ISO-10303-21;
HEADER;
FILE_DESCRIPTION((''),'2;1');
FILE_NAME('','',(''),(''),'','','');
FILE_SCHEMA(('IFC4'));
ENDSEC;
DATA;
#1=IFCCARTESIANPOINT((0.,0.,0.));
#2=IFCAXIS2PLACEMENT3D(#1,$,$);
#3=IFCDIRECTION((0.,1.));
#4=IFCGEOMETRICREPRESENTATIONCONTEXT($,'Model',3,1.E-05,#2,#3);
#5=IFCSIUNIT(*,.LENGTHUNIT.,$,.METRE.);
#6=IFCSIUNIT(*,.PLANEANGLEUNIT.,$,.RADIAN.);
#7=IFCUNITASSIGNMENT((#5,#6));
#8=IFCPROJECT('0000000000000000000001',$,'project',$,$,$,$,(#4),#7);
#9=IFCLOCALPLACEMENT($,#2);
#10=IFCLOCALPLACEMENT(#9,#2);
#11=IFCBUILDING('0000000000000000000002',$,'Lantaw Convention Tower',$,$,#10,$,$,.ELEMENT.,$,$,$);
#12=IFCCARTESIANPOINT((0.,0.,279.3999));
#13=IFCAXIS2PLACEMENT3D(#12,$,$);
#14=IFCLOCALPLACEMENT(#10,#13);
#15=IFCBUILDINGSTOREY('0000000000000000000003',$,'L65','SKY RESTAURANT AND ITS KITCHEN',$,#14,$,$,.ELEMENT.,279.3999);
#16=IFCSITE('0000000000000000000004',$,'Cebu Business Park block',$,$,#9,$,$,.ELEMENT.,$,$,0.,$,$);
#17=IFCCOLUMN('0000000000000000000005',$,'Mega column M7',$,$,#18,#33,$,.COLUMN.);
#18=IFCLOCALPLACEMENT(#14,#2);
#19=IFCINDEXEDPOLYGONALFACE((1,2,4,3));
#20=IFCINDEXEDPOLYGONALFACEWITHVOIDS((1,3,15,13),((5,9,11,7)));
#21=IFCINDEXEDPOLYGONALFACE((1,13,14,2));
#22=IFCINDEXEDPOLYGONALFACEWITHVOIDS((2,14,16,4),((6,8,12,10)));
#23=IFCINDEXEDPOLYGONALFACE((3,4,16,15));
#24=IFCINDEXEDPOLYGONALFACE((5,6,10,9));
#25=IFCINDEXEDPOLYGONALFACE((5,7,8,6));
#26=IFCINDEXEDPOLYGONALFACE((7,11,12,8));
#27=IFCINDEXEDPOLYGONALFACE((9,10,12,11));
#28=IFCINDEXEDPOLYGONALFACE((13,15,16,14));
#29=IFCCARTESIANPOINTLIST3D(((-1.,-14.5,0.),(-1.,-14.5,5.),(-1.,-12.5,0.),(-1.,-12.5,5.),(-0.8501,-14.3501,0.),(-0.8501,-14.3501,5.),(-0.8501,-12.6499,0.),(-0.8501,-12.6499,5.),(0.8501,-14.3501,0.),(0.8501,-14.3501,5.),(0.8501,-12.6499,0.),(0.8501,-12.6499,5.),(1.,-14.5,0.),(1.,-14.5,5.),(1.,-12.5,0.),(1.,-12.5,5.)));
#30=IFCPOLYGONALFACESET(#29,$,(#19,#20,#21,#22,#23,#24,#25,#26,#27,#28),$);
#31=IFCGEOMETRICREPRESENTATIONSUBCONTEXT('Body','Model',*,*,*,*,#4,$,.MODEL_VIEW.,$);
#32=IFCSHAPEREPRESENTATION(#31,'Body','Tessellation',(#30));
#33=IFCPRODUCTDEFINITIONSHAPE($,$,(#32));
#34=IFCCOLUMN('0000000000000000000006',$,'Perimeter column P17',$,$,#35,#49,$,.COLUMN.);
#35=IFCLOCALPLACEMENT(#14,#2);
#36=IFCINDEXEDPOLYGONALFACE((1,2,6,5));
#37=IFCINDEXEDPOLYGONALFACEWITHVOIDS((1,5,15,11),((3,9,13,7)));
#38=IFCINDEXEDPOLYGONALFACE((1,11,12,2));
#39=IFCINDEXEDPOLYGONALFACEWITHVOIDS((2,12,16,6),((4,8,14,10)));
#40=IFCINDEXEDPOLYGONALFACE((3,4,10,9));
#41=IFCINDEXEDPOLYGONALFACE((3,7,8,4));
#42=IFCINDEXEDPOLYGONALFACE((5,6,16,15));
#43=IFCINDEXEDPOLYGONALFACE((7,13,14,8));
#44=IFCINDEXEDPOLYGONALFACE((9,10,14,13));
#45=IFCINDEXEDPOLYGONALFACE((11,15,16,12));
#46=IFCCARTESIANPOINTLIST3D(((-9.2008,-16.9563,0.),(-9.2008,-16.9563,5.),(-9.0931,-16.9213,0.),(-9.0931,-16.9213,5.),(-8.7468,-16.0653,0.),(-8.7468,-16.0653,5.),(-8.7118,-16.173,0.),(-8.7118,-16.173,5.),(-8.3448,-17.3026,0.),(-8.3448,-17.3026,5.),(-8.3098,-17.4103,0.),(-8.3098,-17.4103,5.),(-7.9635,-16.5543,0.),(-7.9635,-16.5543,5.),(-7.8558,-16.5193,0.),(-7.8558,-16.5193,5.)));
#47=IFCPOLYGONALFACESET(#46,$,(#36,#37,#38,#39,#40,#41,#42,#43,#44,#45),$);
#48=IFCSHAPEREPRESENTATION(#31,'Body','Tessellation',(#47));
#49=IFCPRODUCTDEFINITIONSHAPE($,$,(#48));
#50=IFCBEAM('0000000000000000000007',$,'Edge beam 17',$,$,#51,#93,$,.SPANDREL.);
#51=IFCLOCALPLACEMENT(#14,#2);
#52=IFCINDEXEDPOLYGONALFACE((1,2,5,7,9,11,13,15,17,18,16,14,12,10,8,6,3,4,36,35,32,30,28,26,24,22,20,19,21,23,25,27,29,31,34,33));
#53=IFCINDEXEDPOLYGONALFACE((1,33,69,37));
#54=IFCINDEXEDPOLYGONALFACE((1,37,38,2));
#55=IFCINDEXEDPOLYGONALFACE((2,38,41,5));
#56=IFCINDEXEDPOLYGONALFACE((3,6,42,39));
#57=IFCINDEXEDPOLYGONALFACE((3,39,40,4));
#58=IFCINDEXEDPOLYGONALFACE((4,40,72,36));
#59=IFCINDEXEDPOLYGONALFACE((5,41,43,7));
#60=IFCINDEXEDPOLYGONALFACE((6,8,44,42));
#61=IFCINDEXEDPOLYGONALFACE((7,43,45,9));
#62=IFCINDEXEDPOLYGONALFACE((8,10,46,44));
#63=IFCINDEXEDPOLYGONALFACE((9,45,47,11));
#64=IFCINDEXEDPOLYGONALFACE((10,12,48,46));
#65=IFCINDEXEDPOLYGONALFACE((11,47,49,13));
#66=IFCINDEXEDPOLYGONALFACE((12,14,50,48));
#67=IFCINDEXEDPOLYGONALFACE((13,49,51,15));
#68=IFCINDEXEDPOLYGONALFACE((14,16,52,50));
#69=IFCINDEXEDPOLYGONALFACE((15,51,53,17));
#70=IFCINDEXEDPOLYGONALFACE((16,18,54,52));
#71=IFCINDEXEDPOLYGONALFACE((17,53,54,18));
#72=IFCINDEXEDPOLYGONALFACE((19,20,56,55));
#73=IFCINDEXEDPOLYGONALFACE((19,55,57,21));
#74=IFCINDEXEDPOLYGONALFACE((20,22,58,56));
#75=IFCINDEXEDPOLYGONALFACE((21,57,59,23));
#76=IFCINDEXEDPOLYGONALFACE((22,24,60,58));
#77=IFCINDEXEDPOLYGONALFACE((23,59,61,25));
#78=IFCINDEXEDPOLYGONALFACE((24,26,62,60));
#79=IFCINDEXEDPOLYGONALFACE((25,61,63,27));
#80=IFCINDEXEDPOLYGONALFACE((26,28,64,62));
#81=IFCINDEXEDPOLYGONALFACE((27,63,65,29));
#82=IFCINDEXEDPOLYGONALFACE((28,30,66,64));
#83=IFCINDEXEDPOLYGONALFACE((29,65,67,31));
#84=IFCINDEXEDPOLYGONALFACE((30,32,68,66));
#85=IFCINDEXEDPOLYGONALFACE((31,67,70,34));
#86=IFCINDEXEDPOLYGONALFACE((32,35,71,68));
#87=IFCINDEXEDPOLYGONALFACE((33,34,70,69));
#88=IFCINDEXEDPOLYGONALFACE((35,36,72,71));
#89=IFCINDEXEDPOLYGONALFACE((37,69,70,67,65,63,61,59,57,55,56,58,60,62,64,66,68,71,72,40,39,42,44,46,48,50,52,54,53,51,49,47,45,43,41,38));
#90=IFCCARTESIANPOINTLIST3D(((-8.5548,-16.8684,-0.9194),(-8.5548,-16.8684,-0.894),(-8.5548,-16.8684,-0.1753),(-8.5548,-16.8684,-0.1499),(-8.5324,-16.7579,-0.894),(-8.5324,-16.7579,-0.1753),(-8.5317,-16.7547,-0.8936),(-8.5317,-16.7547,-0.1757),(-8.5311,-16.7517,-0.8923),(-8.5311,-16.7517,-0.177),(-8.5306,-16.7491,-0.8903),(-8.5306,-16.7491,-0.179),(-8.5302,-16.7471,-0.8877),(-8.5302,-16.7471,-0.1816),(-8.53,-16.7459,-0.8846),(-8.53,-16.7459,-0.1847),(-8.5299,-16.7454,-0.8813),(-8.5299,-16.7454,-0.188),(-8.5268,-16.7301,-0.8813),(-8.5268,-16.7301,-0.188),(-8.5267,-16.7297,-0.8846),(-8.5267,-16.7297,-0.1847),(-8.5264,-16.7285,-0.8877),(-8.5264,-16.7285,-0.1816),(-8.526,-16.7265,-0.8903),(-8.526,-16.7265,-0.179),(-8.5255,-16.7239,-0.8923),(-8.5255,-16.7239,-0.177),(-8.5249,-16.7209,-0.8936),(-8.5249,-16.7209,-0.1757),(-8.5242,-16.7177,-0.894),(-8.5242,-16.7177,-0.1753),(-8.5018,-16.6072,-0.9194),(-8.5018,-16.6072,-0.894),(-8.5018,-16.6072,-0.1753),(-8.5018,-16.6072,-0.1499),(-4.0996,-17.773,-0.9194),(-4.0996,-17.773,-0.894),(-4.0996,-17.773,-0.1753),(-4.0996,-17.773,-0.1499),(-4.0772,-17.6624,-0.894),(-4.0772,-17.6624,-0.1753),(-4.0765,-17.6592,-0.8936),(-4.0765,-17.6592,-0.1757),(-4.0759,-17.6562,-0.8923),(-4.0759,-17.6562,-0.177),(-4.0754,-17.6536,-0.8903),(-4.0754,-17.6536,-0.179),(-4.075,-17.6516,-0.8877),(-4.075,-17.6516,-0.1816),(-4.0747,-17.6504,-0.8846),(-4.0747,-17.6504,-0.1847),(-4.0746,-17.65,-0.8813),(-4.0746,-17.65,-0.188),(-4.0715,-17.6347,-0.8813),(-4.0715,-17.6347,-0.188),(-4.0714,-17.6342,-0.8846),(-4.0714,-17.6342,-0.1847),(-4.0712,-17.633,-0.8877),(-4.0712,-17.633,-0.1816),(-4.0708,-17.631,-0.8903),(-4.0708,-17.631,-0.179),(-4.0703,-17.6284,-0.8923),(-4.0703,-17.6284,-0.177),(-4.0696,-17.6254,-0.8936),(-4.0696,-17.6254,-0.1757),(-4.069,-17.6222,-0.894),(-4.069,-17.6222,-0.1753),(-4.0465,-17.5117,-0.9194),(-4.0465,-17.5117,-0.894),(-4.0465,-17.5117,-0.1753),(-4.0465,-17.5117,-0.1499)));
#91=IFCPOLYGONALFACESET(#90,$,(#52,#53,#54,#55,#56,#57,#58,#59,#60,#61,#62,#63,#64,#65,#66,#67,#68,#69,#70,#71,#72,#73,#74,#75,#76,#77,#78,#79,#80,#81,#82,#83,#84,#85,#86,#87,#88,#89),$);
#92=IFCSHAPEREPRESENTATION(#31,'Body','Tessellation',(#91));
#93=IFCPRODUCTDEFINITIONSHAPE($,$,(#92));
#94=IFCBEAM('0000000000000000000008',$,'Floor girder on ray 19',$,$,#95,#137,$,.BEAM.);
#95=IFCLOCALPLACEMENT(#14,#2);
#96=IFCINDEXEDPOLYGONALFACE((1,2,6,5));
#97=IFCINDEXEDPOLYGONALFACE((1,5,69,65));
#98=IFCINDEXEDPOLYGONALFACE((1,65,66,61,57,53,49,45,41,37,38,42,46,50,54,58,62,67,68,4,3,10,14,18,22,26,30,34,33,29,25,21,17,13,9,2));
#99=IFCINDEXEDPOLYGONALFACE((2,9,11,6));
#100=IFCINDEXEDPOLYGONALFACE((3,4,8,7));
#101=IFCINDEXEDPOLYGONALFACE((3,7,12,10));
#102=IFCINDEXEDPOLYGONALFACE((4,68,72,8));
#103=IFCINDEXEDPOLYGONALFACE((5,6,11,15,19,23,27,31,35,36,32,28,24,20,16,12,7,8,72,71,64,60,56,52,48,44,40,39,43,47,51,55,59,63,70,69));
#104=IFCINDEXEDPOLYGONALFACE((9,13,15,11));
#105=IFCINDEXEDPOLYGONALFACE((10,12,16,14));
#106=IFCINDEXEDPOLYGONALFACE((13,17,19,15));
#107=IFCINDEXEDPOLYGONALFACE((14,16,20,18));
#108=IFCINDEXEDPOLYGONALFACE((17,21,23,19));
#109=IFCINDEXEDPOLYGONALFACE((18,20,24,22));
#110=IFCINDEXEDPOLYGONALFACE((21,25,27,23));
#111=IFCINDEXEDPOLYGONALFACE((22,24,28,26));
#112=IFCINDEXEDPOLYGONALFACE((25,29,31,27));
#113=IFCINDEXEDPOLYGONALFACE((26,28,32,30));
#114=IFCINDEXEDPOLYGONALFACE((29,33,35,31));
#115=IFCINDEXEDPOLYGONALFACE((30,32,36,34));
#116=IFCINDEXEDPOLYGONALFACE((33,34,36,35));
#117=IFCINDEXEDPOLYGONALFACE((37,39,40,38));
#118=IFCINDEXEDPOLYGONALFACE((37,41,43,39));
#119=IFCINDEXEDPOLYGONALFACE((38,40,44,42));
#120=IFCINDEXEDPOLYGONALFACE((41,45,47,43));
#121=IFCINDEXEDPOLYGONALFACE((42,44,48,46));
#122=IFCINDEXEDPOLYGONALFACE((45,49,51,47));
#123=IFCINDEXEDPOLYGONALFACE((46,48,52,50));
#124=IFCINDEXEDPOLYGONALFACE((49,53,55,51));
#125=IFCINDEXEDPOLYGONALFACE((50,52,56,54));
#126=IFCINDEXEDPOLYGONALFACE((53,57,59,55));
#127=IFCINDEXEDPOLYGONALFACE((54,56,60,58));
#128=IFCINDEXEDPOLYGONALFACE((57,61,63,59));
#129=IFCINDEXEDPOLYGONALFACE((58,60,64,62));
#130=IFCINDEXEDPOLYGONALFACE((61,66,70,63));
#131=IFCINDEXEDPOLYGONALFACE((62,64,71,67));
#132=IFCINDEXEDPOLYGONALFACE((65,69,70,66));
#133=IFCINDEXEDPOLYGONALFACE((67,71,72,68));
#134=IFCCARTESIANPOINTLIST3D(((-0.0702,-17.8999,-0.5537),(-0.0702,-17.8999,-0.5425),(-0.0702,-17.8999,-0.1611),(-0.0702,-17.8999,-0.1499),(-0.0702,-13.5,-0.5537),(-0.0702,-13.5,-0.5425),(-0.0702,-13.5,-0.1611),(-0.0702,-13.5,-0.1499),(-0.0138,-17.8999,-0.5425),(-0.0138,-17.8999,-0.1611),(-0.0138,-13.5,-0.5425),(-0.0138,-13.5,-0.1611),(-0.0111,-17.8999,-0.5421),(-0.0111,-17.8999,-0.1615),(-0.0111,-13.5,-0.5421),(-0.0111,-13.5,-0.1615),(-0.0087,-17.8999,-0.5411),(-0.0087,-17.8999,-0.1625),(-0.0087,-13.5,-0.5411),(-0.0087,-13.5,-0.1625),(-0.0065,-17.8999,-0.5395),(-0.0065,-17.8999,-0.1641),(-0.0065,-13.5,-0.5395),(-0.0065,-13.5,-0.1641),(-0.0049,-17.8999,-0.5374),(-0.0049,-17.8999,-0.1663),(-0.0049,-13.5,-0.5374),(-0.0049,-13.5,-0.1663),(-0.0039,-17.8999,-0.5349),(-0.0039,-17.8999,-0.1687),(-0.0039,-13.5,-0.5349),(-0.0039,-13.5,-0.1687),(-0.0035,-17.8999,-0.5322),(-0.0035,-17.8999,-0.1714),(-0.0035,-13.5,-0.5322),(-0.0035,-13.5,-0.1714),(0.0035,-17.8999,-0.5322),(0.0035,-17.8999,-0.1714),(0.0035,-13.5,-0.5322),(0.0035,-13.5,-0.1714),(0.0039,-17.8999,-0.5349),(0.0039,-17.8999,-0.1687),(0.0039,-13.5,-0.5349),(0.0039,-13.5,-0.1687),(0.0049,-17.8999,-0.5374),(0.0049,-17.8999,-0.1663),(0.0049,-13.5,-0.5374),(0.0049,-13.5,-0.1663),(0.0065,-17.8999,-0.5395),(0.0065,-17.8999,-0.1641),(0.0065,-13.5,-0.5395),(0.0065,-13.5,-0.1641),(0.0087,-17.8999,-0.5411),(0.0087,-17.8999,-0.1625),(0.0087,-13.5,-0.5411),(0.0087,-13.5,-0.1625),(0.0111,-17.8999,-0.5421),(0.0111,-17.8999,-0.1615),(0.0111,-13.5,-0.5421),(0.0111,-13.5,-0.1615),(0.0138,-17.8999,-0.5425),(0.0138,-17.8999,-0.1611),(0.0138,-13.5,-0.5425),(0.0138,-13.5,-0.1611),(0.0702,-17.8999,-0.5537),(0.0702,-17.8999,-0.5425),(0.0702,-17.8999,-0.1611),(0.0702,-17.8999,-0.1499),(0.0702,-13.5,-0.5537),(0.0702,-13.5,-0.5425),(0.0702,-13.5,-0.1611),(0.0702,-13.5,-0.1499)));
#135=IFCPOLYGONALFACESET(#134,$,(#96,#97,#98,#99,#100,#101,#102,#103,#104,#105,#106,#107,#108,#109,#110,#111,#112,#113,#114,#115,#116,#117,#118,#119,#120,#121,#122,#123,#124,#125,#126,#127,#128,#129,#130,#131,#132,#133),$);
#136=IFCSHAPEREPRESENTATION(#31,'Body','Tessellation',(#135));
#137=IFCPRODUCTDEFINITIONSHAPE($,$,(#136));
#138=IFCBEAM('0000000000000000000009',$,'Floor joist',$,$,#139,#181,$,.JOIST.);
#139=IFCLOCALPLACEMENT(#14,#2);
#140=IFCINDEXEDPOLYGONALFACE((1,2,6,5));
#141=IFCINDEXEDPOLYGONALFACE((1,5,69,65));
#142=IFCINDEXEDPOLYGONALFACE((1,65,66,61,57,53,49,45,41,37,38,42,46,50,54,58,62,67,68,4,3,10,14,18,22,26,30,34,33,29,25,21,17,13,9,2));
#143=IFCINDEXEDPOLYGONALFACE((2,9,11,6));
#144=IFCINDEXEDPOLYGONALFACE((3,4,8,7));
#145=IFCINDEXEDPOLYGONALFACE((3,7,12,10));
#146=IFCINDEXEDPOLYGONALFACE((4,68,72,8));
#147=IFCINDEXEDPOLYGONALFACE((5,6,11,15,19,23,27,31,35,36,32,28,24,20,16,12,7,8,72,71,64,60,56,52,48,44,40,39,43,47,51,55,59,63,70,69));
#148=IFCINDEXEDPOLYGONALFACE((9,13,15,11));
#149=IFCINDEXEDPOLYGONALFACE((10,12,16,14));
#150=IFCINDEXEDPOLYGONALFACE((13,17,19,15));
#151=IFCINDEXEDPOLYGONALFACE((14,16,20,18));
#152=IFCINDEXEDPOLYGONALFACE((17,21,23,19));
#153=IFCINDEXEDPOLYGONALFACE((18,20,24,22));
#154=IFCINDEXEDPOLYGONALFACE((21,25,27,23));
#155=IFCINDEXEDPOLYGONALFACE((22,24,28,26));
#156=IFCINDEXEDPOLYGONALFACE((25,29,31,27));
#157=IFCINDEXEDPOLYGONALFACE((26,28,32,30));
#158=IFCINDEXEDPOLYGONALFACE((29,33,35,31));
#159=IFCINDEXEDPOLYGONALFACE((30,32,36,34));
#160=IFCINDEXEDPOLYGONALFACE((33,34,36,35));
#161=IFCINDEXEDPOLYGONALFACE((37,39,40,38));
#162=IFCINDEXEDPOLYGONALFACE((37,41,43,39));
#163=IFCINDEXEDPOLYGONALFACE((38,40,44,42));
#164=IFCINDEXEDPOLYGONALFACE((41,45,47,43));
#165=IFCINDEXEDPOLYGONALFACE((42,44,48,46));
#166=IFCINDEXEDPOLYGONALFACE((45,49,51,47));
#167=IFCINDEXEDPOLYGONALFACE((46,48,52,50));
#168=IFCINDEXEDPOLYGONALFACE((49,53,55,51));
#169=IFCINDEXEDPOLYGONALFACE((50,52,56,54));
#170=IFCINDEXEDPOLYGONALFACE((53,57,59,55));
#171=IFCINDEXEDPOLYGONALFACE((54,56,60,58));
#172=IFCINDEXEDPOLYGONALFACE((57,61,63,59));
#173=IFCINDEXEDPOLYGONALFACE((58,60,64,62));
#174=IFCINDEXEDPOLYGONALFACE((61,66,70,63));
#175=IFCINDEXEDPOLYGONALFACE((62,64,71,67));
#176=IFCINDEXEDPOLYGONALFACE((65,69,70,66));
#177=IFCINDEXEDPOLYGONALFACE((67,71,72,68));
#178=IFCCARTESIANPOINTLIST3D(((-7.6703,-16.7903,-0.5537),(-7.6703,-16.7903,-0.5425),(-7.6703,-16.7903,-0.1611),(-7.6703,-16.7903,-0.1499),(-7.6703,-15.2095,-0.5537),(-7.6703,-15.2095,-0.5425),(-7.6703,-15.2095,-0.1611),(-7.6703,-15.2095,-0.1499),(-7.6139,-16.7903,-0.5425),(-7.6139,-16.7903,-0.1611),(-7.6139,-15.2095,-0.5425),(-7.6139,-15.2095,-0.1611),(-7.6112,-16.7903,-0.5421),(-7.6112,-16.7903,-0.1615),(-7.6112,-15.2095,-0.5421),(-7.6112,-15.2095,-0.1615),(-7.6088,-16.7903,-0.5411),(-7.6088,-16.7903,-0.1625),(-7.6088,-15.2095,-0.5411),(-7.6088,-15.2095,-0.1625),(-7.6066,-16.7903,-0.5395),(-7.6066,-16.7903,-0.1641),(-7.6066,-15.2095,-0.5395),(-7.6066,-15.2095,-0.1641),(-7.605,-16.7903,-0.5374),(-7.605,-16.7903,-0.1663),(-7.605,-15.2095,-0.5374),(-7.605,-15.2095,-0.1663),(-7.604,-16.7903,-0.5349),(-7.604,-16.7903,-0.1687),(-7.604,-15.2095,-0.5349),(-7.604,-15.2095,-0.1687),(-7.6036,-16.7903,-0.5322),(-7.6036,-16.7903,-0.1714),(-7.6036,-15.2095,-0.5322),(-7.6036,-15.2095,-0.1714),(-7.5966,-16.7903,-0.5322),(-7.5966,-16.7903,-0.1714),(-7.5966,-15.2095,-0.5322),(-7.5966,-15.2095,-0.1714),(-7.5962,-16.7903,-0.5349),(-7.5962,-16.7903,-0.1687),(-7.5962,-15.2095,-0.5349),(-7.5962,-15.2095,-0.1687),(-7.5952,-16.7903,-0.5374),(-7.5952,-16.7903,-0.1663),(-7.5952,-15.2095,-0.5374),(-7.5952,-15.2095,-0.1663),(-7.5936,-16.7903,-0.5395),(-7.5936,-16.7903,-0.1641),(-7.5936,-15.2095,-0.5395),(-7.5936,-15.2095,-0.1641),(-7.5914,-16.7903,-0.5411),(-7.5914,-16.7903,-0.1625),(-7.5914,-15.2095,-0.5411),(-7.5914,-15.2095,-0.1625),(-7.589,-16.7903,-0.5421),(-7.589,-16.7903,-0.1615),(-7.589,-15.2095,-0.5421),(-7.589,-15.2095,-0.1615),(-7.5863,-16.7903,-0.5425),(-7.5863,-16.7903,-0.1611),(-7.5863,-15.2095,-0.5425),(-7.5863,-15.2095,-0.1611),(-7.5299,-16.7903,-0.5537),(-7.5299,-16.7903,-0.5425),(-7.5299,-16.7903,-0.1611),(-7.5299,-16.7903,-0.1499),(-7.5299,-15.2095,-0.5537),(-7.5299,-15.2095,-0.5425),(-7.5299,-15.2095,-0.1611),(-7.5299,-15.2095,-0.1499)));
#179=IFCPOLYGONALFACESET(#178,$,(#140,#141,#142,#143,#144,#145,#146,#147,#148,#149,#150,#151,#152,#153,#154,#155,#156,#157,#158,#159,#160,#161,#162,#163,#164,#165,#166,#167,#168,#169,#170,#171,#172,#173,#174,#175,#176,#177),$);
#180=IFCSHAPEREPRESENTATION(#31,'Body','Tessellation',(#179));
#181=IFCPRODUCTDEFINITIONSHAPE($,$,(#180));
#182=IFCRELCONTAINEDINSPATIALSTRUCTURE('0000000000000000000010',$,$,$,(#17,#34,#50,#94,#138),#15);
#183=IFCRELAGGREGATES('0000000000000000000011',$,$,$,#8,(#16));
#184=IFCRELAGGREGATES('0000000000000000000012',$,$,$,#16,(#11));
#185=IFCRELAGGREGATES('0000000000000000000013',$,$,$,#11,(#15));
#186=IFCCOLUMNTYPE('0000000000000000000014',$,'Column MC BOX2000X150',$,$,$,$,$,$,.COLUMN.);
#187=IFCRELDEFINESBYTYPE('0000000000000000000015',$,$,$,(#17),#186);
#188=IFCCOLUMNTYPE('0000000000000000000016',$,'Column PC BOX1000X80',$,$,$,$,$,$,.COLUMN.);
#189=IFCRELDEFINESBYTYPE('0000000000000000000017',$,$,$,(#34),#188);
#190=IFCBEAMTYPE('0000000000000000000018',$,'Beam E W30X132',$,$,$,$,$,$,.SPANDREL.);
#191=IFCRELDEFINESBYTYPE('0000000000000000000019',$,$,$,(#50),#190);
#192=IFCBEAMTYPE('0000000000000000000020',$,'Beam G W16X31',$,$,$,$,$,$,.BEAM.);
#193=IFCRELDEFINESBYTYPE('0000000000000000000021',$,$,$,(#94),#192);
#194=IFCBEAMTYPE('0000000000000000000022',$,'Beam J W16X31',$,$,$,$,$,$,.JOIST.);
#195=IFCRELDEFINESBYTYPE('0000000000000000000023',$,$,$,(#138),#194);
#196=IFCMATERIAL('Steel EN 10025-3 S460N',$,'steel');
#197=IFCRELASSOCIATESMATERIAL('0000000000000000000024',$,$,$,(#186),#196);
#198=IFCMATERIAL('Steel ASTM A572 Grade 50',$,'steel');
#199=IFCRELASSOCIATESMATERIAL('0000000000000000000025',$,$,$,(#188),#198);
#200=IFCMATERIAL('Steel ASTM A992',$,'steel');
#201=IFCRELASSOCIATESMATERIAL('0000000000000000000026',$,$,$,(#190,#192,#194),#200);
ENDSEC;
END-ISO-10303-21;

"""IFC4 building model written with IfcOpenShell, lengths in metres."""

from ifc_helpers import new_model, si_unit, direction, frame, origin, origin_2d, place, context, subcontext, project, spatial, rectangle, hollow_rectangle, i_section, extrude, material, material_profile, profile_set, type_object, element, save


model = new_model("IFC4")

# Units and contexts
model_context = context("Model", 3, precision=1e-05, world=origin(), true_north=direction((0.0, 1.0)))
body_context = subcontext(model_context, "Body", "Model", "MODEL_VIEW")
ifc_project = project(units=[si_unit("LENGTHUNIT", "METRE"), si_unit("PLANEANGLEUNIT", "RADIAN")], contexts=[model_context])

# Site, building, storey
site_placement = place(None, origin())
site = spatial("IfcSite", under=ifc_project, at=site_placement, Name="Cebu Business Park block", CompositionType="ELEMENT", RefElevation=0.0)
building_placement = place(site_placement, origin())
building = spatial("IfcBuilding", under=site, at=building_placement, Name="Lantaw Convention Tower", CompositionType="ELEMENT")
storey_placement = place(building_placement, frame((0.0, 0.0, 279.3999)))
storey = spatial("IfcBuildingStorey", under=building, at=storey_placement, Name="L65", Description="SKY RESTAURANT AND ITS KITCHEN", CompositionType="ELEMENT", Elevation=279.3999)

# Columns
ifc_material_1 = material(Name="Steel EN 10025-3 S460N", Category="steel")
ifc_material_profile_1 = material_profile(ifc_material_1, hollow_rectangle(XDim=2.0, YDim=2.0, WallThickness=0.1499, at=origin_2d()), Name="BOX2000X150")
ifc_material_2 = material(Name="Concrete C60/75", Category="concrete")
ifc_material_profile_2 = material_profile(ifc_material_2, rectangle(XDim=1.7, YDim=1.7, at=origin_2d()), Name="Concrete fill of BOX2000X150")
ifc_profile_set_1 = profile_set([ifc_material_profile_1, ifc_material_profile_2], Name="Steel EN 10025-3 S460N")
column_type_1 = type_object("IfcColumnType", Name="Column MC BOX2000X150", PredefinedType="COLUMN", material=ifc_profile_set_1)
column_1_placement = place(storey_placement, frame((0.0, -13.5, 0.0), z_axis=(0.0, 0.0, 1.0), x_axis=(1.0, 0.0, 0.0)))
element("IfcColumn", 1, at=column_1_placement, inside=storey, type_object=column_type_1, Name="Mega column M7", PredefinedType="COLUMN", context=body_context, shape_type="SweptSolid", body=[
    extrude(hollow_rectangle(XDim=2.0, YDim=2.0, WallThickness=0.1499, at=origin_2d()), origin(), (0.0, 0.0, 1.0), 5.0),
])
ifc_material_3 = material(Name="Steel ASTM A572 Grade 50", Category="steel")
ifc_material_profile_3 = material_profile(ifc_material_3, hollow_rectangle(XDim=1.0, YDim=1.0, WallThickness=0.0801, at=origin_2d()), Name="BOX1000X80")
ifc_material_profile_4 = material_profile(ifc_material_2, rectangle(XDim=0.8401, YDim=0.8401, at=origin_2d()), Name="Concrete fill of BOX1000X80")
ifc_profile_set_2 = profile_set([ifc_material_profile_3, ifc_material_profile_4], Name="Steel ASTM A572 Grade 50")
column_type_2 = type_object("IfcColumnType", Name="Column PC BOX1000X80", PredefinedType="COLUMN", material=ifc_profile_set_2)
column_2_placement = place(storey_placement, frame((-8.5283, -16.7378, 0.0), z_axis=(0.0, 0.0, 1.0), x_axis=(0.45399, 0.891007, 0.0)))
element("IfcColumn", 2, at=column_2_placement, inside=storey, type_object=column_type_2, Name="Perimeter column P17", PredefinedType="COLUMN", context=body_context, shape_type="SweptSolid", body=[
    extrude(hollow_rectangle(XDim=1.0, YDim=1.0, WallThickness=0.0801, at=origin_2d()), origin(), (0.0, 0.0, 1.0), 5.0),
])

# Beams
ifc_material_4 = material(Name="Steel ASTM A992", Category="steel")
ifc_material_profile_5 = material_profile(ifc_material_4, i_section(OverallWidth=0.2666, OverallDepth=0.7695, WebThickness=0.0156, FlangeThickness=0.0254, FilletRadius=0.0127, at=origin_2d()), Name="W30X132")
ifc_profile_set_3 = profile_set([ifc_material_profile_5], Name="Steel ASTM A992")
beam_type_1 = type_object("IfcBeamType", Name="Beam E W30X132", PredefinedType="SPANDREL", material=ifc_profile_set_3)
beam_1_placement = place(storey_placement, frame((-8.5283, -16.7378, -0.5347), z_axis=(0.980006, -0.198966, 0.0), x_axis=(0.198966, 0.980006, 0.0)))
element("IfcBeam", 3, at=beam_1_placement, inside=storey, type_object=beam_type_1, Name="Edge beam 17", PredefinedType="SPANDREL", context=body_context, shape_type="SweptSolid", body=[
    extrude(i_section(OverallWidth=0.2666, OverallDepth=0.7695, WebThickness=0.0156, FlangeThickness=0.0254, FilletRadius=0.0127, at=origin_2d()), origin(), (0.0, 0.0, 1.0), 4.5461),
])
ifc_material_profile_6 = material_profile(ifc_material_4, i_section(OverallWidth=0.1404, OverallDepth=0.4038, WebThickness=0.0071, FlangeThickness=0.0112, FilletRadius=0.0103, at=origin_2d()), Name="W16X31")
ifc_profile_set_4 = profile_set([ifc_material_profile_6], Name="Steel ASTM A992")
beam_type_2 = type_object("IfcBeamType", Name="Beam G W16X31", PredefinedType="BEAM", material=ifc_profile_set_4)
beam_2_placement = place(storey_placement, frame((0.0, -13.5, -0.3518), z_axis=(0.0, -1.0, 0.0), x_axis=(1.0, 0.0, 0.0)))
element("IfcBeam", 4, at=beam_2_placement, inside=storey, type_object=beam_type_2, Name="Floor girder on ray 19", PredefinedType="BEAM", context=body_context, shape_type="SweptSolid", body=[
    extrude(i_section(OverallWidth=0.1404, OverallDepth=0.4038, WebThickness=0.0071, FlangeThickness=0.0112, FilletRadius=0.0103, at=origin_2d()), origin(), (0.0, 0.0, 1.0), 4.3999),
])
ifc_material_profile_7 = material_profile(ifc_material_4, i_section(OverallWidth=0.1404, OverallDepth=0.4038, WebThickness=0.0071, FlangeThickness=0.0112, FilletRadius=0.0103, at=origin_2d()), Name="W16X31")
ifc_profile_set_5 = profile_set([ifc_material_profile_7], Name="Steel ASTM A992")
beam_type_3 = type_object("IfcBeamType", Name="Beam J W16X31", PredefinedType="JOIST", material=ifc_profile_set_5)
beam_3_placement = place(storey_placement, frame((-7.6001, -16.7903, -0.3518), z_axis=(0.0, 1.0, 0.0), x_axis=(-1.0, 0.0, 0.0)))
element("IfcBeam", 5, at=beam_3_placement, inside=storey, type_object=beam_type_3, Name="Floor joist", PredefinedType="JOIST", context=body_context, shape_type="SweptSolid", body=[
    extrude(i_section(OverallWidth=0.1404, OverallDepth=0.4038, WebThickness=0.0071, FlangeThickness=0.0112, FilletRadius=0.0103, at=origin_2d()), origin(), (0.0, 0.0, 1.0), 1.5808),
])

save(model, "model.ifc")
